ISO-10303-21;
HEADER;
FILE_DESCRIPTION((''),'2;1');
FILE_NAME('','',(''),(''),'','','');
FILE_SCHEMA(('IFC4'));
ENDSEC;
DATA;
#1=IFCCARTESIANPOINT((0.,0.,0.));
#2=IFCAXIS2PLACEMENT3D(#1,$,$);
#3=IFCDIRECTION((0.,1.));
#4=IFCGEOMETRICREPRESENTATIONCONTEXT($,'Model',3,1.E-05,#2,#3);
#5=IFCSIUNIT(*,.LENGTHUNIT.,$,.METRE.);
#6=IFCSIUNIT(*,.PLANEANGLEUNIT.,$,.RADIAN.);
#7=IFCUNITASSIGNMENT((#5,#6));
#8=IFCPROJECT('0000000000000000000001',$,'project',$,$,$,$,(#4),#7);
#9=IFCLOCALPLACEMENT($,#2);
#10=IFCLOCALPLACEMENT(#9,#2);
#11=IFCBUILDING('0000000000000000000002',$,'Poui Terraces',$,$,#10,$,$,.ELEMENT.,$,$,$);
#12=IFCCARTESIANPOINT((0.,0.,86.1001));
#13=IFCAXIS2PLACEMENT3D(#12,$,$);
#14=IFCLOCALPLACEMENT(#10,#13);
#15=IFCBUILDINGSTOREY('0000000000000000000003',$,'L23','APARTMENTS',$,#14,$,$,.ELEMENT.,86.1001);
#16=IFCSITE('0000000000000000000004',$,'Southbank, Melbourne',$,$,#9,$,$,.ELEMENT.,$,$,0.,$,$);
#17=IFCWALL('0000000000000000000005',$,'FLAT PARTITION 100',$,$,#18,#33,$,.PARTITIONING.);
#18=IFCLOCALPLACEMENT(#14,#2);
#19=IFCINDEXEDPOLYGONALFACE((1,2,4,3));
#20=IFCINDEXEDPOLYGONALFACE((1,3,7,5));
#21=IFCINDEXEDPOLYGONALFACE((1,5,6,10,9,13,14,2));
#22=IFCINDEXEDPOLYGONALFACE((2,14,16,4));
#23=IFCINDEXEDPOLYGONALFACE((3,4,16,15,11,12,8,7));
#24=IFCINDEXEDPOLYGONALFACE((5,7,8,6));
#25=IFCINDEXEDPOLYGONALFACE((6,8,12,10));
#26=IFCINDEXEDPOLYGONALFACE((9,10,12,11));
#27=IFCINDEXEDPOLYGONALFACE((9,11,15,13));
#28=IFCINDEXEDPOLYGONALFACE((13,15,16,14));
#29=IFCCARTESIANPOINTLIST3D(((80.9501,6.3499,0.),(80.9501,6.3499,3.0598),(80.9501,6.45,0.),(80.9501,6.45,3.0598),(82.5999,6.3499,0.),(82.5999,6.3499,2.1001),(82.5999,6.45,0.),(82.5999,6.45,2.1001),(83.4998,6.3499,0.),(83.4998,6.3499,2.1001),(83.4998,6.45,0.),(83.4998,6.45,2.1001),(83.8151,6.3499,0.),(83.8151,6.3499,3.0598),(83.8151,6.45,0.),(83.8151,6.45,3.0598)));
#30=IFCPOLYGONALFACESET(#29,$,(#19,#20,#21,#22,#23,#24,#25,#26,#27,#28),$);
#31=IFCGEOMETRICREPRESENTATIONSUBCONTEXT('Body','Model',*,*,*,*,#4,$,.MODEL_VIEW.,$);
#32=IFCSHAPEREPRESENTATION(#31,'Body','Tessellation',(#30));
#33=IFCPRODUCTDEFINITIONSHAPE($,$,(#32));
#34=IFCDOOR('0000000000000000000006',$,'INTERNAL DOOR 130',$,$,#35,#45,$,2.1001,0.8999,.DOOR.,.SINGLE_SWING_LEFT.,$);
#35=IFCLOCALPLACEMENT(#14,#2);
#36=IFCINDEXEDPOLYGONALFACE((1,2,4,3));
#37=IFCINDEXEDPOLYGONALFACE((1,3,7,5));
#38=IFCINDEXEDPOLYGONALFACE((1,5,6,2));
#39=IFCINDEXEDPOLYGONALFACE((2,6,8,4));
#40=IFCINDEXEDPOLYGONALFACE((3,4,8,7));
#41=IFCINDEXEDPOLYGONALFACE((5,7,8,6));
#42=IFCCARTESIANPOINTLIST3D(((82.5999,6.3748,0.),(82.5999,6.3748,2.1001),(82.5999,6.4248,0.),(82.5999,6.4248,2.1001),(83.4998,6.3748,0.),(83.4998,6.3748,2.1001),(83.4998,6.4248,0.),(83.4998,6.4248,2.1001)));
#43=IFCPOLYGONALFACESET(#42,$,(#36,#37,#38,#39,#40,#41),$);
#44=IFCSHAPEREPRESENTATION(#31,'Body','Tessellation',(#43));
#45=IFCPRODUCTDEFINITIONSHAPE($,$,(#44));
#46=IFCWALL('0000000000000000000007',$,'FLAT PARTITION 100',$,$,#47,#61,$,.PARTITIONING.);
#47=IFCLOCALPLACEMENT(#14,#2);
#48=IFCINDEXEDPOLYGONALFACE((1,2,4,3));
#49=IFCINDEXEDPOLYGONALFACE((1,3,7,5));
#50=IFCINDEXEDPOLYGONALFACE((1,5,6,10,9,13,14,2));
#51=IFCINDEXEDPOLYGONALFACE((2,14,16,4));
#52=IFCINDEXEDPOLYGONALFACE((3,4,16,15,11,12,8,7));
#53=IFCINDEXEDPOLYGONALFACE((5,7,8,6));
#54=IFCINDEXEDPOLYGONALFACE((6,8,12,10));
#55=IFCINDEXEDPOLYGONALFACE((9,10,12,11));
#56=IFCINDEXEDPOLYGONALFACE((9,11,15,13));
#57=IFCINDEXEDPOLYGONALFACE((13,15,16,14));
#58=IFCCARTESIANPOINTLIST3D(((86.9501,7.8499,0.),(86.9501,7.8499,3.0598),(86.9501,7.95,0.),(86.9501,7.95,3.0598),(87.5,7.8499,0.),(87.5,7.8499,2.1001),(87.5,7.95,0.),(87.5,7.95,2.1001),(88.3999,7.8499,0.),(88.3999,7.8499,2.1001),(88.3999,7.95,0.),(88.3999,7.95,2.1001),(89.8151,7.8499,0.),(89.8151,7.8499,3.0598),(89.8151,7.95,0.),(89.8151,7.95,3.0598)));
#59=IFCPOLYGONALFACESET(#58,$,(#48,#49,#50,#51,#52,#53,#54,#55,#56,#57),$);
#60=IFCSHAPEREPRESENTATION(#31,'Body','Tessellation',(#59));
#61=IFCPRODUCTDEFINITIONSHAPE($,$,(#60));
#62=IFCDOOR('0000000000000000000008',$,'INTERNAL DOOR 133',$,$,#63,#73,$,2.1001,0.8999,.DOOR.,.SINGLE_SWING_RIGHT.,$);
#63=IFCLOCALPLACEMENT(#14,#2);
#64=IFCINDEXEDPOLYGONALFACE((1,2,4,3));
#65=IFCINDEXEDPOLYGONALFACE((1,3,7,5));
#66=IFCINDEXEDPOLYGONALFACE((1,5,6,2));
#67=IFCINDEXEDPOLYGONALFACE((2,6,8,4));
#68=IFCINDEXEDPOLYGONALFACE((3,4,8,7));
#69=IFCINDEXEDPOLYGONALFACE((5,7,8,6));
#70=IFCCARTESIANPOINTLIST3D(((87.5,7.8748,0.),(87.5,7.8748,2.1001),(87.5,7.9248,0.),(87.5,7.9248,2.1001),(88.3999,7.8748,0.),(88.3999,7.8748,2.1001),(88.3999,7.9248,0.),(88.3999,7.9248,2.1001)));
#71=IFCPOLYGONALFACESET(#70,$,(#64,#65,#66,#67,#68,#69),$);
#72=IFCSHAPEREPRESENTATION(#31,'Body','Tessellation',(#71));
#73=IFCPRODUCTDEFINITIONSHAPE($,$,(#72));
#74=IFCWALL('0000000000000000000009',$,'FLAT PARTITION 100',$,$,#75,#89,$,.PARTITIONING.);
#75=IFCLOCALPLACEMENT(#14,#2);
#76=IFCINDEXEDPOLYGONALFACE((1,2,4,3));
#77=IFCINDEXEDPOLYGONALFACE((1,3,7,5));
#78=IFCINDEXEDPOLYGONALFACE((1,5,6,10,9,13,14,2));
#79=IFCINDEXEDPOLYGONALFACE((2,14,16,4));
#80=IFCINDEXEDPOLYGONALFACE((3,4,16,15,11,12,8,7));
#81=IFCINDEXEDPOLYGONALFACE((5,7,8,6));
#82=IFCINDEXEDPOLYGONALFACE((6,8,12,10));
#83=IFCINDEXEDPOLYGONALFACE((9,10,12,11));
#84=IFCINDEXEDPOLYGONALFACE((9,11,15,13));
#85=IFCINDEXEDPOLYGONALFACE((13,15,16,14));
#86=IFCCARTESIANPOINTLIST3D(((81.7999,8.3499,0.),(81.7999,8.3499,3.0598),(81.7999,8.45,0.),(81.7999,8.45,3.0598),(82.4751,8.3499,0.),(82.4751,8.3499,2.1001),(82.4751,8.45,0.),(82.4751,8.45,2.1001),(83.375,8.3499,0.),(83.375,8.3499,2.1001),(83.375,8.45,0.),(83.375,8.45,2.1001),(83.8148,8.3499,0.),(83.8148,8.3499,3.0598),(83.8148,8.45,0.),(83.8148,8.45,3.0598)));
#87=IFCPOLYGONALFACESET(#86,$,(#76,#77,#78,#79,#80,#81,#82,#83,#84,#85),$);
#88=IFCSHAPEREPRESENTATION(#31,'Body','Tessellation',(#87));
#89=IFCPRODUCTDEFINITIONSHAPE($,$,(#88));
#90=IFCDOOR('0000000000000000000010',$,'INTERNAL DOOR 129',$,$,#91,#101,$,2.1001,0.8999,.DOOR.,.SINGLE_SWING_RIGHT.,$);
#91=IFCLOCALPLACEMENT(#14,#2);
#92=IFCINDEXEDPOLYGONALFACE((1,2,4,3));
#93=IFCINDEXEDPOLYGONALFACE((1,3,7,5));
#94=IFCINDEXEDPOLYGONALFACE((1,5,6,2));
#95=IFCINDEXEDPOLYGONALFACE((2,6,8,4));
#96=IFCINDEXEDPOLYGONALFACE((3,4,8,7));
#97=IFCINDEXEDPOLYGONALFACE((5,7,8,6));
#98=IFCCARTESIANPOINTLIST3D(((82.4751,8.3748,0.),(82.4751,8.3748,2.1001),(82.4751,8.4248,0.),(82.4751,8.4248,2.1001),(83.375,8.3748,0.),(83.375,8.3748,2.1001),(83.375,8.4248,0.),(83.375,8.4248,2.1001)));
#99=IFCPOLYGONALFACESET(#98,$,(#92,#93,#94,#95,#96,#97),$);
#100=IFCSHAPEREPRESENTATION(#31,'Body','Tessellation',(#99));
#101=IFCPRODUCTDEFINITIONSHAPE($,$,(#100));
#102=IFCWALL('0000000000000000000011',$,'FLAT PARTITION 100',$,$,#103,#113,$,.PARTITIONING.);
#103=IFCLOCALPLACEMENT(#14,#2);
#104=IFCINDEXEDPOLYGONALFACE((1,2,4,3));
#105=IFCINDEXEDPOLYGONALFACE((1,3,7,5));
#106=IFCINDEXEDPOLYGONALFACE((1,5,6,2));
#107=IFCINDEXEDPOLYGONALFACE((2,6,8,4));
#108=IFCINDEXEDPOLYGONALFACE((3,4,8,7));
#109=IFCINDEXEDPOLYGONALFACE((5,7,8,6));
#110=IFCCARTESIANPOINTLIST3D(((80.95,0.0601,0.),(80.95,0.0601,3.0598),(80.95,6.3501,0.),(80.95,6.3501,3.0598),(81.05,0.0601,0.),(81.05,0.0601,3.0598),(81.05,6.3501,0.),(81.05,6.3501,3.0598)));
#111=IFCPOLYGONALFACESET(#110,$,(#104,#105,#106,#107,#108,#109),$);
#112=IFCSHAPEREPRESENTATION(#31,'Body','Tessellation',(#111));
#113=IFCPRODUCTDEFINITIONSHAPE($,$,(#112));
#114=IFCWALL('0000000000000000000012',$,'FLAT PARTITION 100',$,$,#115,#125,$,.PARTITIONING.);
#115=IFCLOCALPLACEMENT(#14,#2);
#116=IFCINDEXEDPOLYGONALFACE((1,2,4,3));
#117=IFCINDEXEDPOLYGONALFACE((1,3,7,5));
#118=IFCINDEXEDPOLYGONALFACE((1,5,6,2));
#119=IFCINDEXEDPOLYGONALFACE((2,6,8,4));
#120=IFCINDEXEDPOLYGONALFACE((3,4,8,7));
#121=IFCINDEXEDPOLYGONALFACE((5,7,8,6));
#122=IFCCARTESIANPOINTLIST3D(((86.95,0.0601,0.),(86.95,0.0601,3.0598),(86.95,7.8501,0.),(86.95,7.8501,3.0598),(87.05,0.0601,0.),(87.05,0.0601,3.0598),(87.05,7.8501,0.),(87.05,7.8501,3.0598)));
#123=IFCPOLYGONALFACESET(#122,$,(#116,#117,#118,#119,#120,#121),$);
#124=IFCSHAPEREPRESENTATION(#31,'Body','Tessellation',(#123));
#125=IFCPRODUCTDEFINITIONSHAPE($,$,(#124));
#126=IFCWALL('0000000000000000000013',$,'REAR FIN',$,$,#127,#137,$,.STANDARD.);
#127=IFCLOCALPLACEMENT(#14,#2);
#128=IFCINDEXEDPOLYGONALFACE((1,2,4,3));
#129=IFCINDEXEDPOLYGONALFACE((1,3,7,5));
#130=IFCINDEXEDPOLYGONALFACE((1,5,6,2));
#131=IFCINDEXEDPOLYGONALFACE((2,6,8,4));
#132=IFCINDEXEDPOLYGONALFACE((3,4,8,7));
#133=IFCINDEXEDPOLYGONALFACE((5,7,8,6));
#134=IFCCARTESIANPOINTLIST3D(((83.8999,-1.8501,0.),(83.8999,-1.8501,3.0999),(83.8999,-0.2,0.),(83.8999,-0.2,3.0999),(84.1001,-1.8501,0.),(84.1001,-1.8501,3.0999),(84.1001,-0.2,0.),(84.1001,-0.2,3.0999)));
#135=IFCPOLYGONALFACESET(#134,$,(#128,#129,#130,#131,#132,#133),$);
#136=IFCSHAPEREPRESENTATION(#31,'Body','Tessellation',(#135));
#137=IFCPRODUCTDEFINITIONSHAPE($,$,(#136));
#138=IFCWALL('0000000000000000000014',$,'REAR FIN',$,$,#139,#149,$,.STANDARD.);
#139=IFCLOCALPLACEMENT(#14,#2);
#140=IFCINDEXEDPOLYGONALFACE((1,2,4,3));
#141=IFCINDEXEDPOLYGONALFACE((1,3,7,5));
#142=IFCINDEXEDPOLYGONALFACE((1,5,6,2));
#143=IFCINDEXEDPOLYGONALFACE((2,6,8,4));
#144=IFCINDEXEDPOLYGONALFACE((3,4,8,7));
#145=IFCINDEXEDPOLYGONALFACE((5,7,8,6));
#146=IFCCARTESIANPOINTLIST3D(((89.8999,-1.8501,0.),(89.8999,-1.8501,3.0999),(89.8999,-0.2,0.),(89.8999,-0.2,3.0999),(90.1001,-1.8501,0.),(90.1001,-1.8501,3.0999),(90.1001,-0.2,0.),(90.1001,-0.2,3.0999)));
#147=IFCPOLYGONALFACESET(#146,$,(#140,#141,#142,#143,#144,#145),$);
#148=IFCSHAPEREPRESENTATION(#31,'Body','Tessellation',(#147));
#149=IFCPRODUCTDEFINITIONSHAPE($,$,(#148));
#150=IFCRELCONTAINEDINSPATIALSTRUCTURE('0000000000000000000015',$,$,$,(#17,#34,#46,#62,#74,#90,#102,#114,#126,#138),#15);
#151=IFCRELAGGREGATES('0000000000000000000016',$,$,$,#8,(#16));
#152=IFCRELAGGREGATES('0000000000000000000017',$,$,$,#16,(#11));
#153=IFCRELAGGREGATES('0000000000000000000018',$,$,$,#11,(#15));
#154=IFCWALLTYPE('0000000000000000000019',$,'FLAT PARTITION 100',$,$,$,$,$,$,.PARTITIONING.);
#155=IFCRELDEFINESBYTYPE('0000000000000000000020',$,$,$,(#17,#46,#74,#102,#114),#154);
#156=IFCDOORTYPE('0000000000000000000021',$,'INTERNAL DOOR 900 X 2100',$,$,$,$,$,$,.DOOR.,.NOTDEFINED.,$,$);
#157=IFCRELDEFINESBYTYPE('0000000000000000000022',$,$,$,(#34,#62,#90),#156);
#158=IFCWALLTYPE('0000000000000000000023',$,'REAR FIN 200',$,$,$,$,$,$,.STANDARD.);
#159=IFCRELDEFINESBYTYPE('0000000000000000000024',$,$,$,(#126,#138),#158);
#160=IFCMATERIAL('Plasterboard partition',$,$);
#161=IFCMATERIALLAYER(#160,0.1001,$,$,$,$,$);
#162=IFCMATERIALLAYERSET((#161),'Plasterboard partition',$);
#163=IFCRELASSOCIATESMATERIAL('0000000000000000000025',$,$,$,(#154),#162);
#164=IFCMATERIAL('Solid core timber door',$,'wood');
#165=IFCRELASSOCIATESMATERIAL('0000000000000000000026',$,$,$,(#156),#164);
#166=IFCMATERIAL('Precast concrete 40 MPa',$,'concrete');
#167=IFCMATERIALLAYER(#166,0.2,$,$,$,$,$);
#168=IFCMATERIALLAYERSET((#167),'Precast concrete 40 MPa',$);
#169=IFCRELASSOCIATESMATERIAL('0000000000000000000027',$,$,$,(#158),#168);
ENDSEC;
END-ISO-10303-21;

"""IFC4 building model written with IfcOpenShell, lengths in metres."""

from ifc_helpers import new_model, si_unit, direction, frame, frame_2d, origin, place, context, subcontext, project, spatial, polyline, rectangle, outline, extrude, source, transform, mapped, material, layer, layer_set, type_object, element, fill, save


model = new_model("IFC4")

# Units and contexts
model_context = context("Model", 3, precision=1e-05, world=origin(), true_north=direction((0.0, 1.0)))
body_context = subcontext(model_context, "Body", "Model", "MODEL_VIEW")
ifc_project = project(units=[si_unit("LENGTHUNIT", "METRE"), si_unit("PLANEANGLEUNIT", "RADIAN")], contexts=[model_context])

# Site, building, storey
site_placement = place(None, origin())
site = spatial("IfcSite", under=ifc_project, at=site_placement, Name="Southbank, Melbourne", CompositionType="ELEMENT", RefElevation=0.0)
building_placement = place(site_placement, origin())
building = spatial("IfcBuilding", under=site, at=building_placement, Name="Poui Terraces", CompositionType="ELEMENT")
storey_placement = place(building_placement, frame((0.0, 0.0, 86.1001)))
storey = spatial("IfcBuildingStorey", under=building, at=storey_placement, Name="L23", Description="APARTMENTS", CompositionType="ELEMENT", Elevation=86.1001)

# Shared definitions
ifc_material_1 = material(Name="Precast concrete 40 MPa", Category="concrete")

# Walls, openings, doors
ifc_material_2 = material(Name="Plasterboard partition")
ifc_layer_1 = layer(ifc_material_2, 0.1001)
ifc_layer_set_1 = layer_set([ifc_layer_1], Name="Plasterboard partition")
wall_type_1 = type_object("IfcWallType", Name="FLAT PARTITION 100", PredefinedType="PARTITIONING", material=ifc_layer_set_1)
wall_1_placement = place(storey_placement, frame((80.95, 6.3999, 0.0), z_axis=(0.0, 0.0, 1.0), x_axis=(1.0, 0.0, 0.0)))
wall_1 = element("IfcWall", 1, at=wall_1_placement, inside=storey, type_object=wall_type_1, Name="FLAT PARTITION 100", PredefinedType="PARTITIONING", context=body_context, shape_type="SweptSolid", body=[
    extrude(rectangle(XDim=2.865, YDim=0.1001, at=frame_2d((1.4326, 0.0))), origin(), (0.0, 0.0, 1.0), 3.0598),
])
opening_1_placement = place(wall_1_placement, frame((1.6499, 0.0, 0.0)))
opening_1 = element("IfcOpeningElement", 2, at=opening_1_placement, cuts=wall_1, PredefinedType="OPENING", context=body_context, shape_type="SweptSolid", body=[
    extrude(rectangle(XDim=0.8999, YDim=2.1001, at=frame_2d((0.45, 1.05))), frame((0.0, 0.0601, 0.0), z_axis=(0.0, -1.0, 0.0), x_axis=(1.0, 0.0, 0.0)), (0.0, 0.0, 1.0), 0.1201),
])
ifc_material_3 = material(Name="Solid core timber door", Category="wood")
door_type = type_object("IfcDoorType", Name="INTERNAL DOOR 900 X 2100", OperationType="NOTDEFINED", PredefinedType="DOOR", material=ifc_material_3)
door_1_placement = place(opening_1_placement, origin())
door_1 = element("IfcDoor", 3, at=door_1_placement, inside=storey, type_object=door_type, Name="INTERNAL DOOR 130", OperationType="SINGLE_SWING_LEFT", OverallHeight=2.1001, OverallWidth=0.8999, PredefinedType="DOOR", context=body_context, shape_type="SweptSolid", body=[
    extrude(rectangle(XDim=0.8999, YDim=2.1001, at=frame_2d((0.45, 1.05))), frame((0.0, 0.0249, 0.0), z_axis=(0.0, -1.0, 0.0), x_axis=(1.0, 0.0, 0.0)), (0.0, 0.0, 1.0), 0.05),
])
fill(opening_1, door_1)
wall_2_placement = place(storey_placement, frame((86.95, 7.8999, 0.0), z_axis=(0.0, 0.0, 1.0), x_axis=(1.0, 0.0, 0.0)))
wall_2 = element("IfcWall", 4, at=wall_2_placement, inside=storey, type_object=wall_type_1, Name="FLAT PARTITION 100", PredefinedType="PARTITIONING", context=body_context, shape_type="SweptSolid", body=[
    extrude(rectangle(XDim=2.865, YDim=0.1001, at=frame_2d((1.4326, 0.0))), origin(), (0.0, 0.0, 1.0), 3.0598),
])
opening_2_placement = place(wall_2_placement, frame((0.55, 0.0, 0.0)))
opening_2 = element("IfcOpeningElement", 5, at=opening_2_placement, cuts=wall_2, PredefinedType="OPENING", context=body_context, shape_type="SweptSolid", body=[
    extrude(rectangle(XDim=0.8999, YDim=2.1001, at=frame_2d((0.45, 1.05))), frame((0.0, 0.0601, 0.0), z_axis=(0.0, -1.0, 0.0), x_axis=(1.0, 0.0, 0.0)), (0.0, 0.0, 1.0), 0.1201),
])
door_2_placement = place(opening_2_placement, origin())
door_2 = element("IfcDoor", 6, at=door_2_placement, inside=storey, type_object=door_type, Name="INTERNAL DOOR 133", OperationType="SINGLE_SWING_RIGHT", OverallHeight=2.1001, OverallWidth=0.8999, PredefinedType="DOOR", context=body_context, shape_type="SweptSolid", body=[
    extrude(rectangle(XDim=0.8999, YDim=2.1001, at=frame_2d((0.45, 1.05))), frame((0.0, 0.0249, 0.0), z_axis=(0.0, -1.0, 0.0), x_axis=(1.0, 0.0, 0.0)), (0.0, 0.0, 1.0), 0.05),
])
fill(opening_2, door_2)
wall_3_placement = place(storey_placement, frame((81.8, 8.3999, 0.0), z_axis=(0.0, 0.0, 1.0), x_axis=(1.0, 0.0, 0.0)))
wall_3 = element("IfcWall", 7, at=wall_3_placement, inside=storey, type_object=wall_type_1, Name="FLAT PARTITION 100", PredefinedType="PARTITIONING", context=body_context, shape_type="SweptSolid", body=[
    extrude(rectangle(XDim=2.0149, YDim=0.1001, at=frame_2d((1.0073, 0.0))), origin(), (0.0, 0.0, 1.0), 3.0598),
])
opening_3_placement = place(wall_3_placement, frame((0.675, 0.0, 0.0)))
opening_3 = element("IfcOpeningElement", 8, at=opening_3_placement, cuts=wall_3, PredefinedType="OPENING", context=body_context, shape_type="SweptSolid", body=[
    extrude(rectangle(XDim=0.8999, YDim=2.1001, at=frame_2d((0.45, 1.05))), frame((0.0, 0.0601, 0.0), z_axis=(0.0, -1.0, 0.0), x_axis=(1.0, 0.0, 0.0)), (0.0, 0.0, 1.0), 0.1201),
])
door_3_placement = place(opening_3_placement, origin())
door_3 = element("IfcDoor", 9, at=door_3_placement, inside=storey, type_object=door_type, Name="INTERNAL DOOR 129", OperationType="SINGLE_SWING_RIGHT", OverallHeight=2.1001, OverallWidth=0.8999, PredefinedType="DOOR", context=body_context, shape_type="SweptSolid", body=[
    extrude(rectangle(XDim=0.8999, YDim=2.1001, at=frame_2d((0.45, 1.05))), frame((0.0, 0.0249, 0.0), z_axis=(0.0, -1.0, 0.0), x_axis=(1.0, 0.0, 0.0)), (0.0, 0.0, 1.0), 0.05),
])
fill(opening_3, door_3)

# Walls
wall_4_placement = place(storey_placement, frame((81.0, 0.0601, 0.0), z_axis=(0.0, 0.0, 1.0), x_axis=(0.0, 1.0, 0.0)))
element("IfcWall", 10, at=wall_4_placement, inside=storey, type_object=wall_type_1, Name="FLAT PARTITION 100", PredefinedType="PARTITIONING", context=body_context, shape_type="SweptSolid", body=[
    extrude(rectangle(XDim=6.29, YDim=0.1001, at=frame_2d((3.145, 0.0))), origin(), (0.0, 0.0, 1.0), 3.0598),
])
wall_5_placement = place(storey_placement, frame((87.0, 0.0601, 0.0), z_axis=(0.0, 0.0, 1.0), x_axis=(0.0, 1.0, 0.0)))
element("IfcWall", 11, at=wall_5_placement, inside=storey, type_object=wall_type_1, Name="FLAT PARTITION 100", PredefinedType="PARTITIONING", context=body_context, shape_type="SweptSolid", body=[
    extrude(rectangle(XDim=7.79, YDim=0.1001, at=frame_2d((3.895, 0.0))), origin(), (0.0, 0.0, 1.0), 3.0598),
])
ifc_layer_2 = layer(ifc_material_1, 0.2)
ifc_layer_set_2 = layer_set([ifc_layer_2], Name="Precast concrete 40 MPa")
wall_type_2 = type_object("IfcWallType", Name="REAR FIN 200", PredefinedType="STANDARD", material=ifc_layer_set_2)
shared_shape_1 = source(origin(), body_context, "Body", "SweptSolid", [
    extrude(outline(polyline([(0.0, 0.0), (0.2002, 0.0), (0.2002, 1.6501), (0.0, 1.6501), (0.0, 0.0)])), origin(), (0.0, 0.0, 1.0), 3.0999),
])
for number, where, name in (
    (12, (83.8999, -1.8501, 0.0), "REAR FIN"),
    (13, (89.8999, -1.8501, 0.0), "REAR FIN"),
):
    element("IfcWall", number, at=place(storey_placement, frame(where)), inside=storey, type_object=wall_type_2, Name=name, PredefinedType="STANDARD", context=body_context, shape_type="MappedRepresentation", body=[
        mapped(shared_shape_1, transform((0.0, 0.0, 0.0))),
    ])

save(model, "model.ifc")
